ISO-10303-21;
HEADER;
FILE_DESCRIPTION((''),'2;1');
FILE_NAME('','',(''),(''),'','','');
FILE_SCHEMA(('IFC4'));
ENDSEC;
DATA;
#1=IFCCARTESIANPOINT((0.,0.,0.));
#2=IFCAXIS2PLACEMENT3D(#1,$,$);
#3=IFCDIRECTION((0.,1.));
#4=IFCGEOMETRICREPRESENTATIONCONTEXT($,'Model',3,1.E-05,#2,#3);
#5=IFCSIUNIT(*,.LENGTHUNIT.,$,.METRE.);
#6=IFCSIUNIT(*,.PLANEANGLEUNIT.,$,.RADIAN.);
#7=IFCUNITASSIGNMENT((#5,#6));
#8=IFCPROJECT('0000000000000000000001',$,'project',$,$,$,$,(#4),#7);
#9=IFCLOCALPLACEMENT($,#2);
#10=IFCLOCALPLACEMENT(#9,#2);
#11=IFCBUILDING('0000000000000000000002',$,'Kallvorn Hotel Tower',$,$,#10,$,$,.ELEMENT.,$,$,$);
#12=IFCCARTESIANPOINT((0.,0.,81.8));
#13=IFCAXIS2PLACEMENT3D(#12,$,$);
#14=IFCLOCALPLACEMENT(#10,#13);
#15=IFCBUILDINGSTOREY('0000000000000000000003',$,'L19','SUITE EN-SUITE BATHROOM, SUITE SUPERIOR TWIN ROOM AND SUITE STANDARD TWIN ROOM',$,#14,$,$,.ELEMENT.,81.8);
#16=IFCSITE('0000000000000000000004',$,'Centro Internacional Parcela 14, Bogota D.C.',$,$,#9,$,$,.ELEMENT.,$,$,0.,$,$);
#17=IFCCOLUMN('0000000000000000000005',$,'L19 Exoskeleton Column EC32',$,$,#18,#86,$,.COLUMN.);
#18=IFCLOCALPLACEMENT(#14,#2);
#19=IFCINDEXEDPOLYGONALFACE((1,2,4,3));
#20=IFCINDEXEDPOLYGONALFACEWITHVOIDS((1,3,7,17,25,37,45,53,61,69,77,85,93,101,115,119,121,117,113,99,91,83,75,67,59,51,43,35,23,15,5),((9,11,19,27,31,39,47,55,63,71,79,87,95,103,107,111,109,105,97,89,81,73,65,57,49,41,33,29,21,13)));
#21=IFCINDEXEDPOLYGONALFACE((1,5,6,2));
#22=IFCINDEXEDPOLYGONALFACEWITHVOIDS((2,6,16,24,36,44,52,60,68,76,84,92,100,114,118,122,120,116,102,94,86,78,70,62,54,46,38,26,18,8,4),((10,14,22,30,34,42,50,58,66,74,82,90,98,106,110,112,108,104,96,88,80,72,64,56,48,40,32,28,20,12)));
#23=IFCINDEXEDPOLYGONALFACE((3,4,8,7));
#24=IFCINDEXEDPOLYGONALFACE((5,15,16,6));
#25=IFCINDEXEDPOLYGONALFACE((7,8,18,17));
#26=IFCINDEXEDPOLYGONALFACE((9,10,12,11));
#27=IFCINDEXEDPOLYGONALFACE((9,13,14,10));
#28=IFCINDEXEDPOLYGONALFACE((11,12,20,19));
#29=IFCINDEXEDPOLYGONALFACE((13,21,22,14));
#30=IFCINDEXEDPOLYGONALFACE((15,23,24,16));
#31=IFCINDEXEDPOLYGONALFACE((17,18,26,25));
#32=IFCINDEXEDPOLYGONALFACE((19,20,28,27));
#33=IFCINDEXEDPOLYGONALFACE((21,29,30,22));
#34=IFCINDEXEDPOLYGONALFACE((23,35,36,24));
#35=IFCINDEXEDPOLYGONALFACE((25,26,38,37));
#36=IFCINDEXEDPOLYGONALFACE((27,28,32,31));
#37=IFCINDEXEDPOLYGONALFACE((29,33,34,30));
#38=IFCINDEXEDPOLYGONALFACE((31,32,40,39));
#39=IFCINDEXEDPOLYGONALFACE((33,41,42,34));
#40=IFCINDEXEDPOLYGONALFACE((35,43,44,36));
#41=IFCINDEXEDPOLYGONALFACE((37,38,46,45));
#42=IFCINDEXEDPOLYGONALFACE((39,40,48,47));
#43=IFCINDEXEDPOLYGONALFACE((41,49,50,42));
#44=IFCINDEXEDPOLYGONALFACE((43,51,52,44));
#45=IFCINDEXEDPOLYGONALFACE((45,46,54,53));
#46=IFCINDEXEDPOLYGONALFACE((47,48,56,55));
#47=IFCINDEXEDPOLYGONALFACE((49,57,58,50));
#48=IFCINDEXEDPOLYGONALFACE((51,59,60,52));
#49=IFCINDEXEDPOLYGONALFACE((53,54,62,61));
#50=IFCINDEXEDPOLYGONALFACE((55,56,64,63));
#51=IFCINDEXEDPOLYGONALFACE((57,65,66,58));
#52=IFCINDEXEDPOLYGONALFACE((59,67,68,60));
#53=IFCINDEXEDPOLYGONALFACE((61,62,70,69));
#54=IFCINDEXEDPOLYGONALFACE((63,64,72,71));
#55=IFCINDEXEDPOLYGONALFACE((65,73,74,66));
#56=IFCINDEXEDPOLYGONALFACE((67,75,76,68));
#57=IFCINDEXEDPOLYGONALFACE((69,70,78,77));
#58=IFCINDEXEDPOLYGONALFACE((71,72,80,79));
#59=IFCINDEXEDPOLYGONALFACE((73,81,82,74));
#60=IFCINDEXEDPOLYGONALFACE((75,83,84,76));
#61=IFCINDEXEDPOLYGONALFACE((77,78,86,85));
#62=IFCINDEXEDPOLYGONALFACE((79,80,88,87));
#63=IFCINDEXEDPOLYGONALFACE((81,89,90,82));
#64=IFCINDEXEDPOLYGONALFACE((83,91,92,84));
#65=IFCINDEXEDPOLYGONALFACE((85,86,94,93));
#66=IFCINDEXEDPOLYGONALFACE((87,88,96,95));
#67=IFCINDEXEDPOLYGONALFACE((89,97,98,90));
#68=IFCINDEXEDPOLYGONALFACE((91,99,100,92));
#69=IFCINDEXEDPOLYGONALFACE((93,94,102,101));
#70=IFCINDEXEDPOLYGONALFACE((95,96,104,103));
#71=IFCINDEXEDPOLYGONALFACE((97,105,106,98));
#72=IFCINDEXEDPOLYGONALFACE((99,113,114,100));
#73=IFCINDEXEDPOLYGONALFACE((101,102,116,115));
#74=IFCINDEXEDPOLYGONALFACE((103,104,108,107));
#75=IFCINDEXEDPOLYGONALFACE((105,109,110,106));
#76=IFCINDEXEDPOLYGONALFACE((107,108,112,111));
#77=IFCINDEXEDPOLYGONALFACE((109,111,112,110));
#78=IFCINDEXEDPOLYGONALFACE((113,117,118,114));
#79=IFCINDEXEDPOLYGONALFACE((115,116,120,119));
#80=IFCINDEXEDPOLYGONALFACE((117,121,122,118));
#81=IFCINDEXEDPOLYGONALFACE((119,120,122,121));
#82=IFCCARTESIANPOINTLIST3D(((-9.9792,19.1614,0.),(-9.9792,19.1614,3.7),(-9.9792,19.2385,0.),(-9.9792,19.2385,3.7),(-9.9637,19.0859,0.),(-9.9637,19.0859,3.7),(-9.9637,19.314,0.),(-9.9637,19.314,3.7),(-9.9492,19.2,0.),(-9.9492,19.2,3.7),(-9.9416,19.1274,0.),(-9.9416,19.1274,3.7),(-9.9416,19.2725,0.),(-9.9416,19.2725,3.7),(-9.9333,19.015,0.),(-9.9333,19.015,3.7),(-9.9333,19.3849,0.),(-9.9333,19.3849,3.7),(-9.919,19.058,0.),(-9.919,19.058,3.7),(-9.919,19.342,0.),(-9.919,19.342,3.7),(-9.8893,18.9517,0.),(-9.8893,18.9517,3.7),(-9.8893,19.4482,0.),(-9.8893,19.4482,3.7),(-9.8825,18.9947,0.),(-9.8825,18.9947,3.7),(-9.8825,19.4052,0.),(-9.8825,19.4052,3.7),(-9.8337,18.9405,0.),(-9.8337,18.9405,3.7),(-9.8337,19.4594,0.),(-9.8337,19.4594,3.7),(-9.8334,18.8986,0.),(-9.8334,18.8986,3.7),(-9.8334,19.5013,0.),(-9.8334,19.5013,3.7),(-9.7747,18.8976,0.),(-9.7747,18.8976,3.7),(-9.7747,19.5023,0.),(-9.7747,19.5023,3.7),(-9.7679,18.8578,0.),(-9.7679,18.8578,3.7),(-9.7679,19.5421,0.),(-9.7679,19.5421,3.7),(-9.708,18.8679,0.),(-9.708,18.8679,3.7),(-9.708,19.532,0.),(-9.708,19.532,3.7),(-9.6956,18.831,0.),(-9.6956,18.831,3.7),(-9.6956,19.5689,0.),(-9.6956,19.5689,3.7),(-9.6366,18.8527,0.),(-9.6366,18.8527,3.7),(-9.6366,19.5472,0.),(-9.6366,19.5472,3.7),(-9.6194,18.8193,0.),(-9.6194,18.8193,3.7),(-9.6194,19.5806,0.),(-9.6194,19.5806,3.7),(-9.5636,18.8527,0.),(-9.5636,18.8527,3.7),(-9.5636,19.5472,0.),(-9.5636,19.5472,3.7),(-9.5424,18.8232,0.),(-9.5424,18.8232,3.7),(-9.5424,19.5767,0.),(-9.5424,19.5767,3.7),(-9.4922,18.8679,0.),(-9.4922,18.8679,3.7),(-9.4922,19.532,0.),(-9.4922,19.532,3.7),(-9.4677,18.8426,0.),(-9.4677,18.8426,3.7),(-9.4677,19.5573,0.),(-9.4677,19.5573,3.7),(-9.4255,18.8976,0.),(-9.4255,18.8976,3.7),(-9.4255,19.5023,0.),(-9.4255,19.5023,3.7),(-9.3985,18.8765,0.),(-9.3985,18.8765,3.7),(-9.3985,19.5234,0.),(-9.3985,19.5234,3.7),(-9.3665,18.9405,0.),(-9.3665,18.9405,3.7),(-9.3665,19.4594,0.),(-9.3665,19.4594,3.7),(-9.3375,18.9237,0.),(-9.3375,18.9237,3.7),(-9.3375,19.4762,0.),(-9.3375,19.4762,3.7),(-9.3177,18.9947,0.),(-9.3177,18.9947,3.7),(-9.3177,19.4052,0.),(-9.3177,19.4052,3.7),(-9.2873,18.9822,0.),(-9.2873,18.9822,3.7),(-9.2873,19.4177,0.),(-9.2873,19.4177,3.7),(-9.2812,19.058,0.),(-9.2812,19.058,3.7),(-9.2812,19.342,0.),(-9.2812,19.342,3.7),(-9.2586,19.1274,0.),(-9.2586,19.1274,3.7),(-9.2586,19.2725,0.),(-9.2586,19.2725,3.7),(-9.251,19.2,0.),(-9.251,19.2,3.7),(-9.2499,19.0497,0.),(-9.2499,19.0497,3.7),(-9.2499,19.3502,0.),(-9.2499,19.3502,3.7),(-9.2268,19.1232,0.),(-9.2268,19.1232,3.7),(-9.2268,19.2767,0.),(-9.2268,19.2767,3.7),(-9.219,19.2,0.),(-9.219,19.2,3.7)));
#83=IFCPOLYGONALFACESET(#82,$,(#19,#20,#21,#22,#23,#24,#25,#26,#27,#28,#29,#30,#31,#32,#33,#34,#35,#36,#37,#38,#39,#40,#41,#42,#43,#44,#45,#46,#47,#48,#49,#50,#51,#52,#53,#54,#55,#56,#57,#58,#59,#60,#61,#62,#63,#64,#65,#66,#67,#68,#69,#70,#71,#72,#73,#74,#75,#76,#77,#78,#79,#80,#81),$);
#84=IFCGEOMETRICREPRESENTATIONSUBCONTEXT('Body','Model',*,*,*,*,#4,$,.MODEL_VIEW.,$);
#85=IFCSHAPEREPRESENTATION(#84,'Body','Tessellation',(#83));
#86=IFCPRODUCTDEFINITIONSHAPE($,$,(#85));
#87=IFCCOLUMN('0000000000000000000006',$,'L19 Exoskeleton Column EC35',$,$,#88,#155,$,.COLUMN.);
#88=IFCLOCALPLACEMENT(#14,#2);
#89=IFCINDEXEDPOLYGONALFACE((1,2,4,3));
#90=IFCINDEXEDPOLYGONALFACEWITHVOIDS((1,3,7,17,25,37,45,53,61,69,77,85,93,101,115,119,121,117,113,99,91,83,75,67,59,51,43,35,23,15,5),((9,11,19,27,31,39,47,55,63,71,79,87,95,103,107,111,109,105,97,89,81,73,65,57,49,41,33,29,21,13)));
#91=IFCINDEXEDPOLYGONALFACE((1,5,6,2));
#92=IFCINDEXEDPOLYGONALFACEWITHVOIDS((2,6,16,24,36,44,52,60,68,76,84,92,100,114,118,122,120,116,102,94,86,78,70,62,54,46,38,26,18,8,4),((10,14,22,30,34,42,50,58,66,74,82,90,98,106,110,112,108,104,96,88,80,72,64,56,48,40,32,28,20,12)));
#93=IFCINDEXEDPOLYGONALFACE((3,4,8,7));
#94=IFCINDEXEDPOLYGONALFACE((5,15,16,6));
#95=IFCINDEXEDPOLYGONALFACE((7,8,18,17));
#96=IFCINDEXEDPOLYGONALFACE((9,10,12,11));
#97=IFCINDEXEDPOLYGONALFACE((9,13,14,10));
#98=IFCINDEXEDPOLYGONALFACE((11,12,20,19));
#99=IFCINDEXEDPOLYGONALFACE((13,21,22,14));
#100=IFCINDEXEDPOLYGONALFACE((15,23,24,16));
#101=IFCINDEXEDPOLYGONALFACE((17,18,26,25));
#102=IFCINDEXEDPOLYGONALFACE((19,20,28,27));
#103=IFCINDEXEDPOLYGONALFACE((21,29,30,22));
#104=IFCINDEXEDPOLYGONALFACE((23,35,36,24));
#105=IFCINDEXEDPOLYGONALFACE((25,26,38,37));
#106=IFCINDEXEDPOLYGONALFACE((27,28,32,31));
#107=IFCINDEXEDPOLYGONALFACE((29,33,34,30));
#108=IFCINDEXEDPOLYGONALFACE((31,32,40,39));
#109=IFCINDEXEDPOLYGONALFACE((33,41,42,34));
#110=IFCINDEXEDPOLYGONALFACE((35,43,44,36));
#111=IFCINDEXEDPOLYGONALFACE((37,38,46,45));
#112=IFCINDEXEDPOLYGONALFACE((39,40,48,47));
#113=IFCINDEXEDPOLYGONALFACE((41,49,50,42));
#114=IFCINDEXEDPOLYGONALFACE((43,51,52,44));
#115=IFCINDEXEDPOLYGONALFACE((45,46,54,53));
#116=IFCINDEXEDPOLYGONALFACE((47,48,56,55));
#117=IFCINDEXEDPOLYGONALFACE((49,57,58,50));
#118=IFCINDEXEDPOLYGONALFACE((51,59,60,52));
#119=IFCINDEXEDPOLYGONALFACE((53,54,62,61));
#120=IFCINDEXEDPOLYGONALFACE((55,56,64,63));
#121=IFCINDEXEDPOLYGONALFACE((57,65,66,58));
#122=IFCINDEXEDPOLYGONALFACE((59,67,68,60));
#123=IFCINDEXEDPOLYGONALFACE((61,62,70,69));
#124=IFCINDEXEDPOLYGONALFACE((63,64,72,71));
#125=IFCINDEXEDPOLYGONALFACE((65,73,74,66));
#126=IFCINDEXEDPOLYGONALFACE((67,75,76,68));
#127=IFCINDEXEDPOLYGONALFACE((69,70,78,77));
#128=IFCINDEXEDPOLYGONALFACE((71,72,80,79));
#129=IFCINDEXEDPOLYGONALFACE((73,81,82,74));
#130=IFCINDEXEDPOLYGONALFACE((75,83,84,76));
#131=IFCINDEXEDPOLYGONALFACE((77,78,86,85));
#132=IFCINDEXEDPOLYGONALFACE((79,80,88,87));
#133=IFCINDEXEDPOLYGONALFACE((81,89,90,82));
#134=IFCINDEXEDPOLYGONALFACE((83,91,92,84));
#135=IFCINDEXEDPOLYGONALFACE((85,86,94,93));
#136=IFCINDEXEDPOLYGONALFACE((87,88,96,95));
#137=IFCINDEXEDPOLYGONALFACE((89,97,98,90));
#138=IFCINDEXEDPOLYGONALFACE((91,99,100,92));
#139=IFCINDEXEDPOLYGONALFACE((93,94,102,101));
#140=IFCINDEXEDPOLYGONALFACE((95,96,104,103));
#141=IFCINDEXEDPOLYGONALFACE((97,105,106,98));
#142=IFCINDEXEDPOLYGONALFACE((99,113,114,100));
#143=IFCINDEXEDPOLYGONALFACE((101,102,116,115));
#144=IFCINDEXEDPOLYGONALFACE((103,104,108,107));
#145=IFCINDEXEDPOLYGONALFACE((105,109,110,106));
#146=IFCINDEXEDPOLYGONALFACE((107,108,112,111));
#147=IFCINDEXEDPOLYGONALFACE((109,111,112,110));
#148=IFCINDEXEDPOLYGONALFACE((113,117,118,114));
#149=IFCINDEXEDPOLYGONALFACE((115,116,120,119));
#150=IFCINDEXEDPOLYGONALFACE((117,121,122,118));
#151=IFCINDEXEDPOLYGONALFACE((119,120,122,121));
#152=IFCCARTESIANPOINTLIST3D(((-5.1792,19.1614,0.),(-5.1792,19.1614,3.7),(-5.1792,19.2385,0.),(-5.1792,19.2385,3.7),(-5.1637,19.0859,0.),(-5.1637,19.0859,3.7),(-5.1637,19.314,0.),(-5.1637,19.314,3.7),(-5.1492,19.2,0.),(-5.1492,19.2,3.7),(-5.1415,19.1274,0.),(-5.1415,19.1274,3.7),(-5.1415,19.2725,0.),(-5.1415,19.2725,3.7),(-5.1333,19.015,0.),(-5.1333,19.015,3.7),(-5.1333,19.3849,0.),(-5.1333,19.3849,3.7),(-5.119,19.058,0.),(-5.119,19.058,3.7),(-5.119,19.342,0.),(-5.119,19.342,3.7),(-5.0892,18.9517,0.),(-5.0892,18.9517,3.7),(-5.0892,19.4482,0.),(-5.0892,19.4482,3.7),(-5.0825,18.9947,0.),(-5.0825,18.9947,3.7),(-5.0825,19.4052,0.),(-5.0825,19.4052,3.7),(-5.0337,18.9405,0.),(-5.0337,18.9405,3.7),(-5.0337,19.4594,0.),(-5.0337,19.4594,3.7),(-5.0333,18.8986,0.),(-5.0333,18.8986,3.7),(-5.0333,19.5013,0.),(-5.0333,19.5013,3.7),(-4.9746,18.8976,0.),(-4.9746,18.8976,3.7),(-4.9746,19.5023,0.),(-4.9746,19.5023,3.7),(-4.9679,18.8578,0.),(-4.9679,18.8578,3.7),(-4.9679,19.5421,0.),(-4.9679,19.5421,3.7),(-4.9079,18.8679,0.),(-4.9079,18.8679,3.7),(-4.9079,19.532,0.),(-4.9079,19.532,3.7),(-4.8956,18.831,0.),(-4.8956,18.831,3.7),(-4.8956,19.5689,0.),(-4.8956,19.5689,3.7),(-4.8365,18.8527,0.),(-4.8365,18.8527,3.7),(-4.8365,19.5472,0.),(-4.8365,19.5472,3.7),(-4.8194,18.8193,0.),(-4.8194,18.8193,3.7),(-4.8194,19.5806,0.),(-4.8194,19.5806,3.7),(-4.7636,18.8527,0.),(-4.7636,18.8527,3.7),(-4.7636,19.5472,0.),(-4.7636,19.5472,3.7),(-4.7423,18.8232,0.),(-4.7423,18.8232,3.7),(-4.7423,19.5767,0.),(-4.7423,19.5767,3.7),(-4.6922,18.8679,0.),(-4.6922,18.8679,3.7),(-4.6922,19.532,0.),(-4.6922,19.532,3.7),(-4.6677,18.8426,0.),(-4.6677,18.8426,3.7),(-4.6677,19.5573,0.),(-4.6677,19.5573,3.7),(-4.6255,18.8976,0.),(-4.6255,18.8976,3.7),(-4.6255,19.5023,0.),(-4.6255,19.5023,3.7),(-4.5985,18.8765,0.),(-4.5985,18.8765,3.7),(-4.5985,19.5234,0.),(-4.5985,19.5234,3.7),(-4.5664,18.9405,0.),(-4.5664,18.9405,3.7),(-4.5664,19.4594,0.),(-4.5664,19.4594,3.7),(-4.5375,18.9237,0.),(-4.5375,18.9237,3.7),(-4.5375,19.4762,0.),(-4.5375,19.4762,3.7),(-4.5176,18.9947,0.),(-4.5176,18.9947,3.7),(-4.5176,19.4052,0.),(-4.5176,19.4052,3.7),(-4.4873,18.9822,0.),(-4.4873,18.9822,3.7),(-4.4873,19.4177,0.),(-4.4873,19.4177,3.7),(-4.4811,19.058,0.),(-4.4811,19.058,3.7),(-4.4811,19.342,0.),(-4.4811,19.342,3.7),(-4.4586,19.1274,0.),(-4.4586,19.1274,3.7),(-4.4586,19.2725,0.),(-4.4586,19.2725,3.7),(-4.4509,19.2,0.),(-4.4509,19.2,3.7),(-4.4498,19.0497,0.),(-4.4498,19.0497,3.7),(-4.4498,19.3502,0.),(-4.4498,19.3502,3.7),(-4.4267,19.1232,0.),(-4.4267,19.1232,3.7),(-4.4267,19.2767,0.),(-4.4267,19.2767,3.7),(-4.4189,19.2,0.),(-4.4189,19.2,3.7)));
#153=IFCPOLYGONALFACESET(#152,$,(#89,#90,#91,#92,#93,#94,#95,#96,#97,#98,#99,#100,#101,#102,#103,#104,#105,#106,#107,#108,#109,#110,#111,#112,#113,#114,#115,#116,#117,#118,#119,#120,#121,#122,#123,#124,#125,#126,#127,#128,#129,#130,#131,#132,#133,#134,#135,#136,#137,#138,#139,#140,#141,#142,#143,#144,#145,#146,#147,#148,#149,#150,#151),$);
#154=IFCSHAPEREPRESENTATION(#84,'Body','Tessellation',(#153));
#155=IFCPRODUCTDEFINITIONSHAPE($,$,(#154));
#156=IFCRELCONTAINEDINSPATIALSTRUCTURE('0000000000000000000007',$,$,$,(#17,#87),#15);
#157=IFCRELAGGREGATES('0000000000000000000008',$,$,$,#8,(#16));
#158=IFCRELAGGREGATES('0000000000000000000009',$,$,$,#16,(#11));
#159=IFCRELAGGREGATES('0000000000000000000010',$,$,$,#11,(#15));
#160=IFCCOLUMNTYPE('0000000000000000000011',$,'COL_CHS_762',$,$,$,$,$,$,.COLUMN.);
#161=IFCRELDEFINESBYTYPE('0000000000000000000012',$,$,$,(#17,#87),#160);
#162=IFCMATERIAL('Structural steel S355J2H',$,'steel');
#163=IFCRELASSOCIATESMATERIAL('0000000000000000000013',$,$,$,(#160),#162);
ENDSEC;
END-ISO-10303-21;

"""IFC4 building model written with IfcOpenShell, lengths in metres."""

from ifc_helpers import new_model, si_unit, direction, frame, origin, origin_2d, place, context, subcontext, project, spatial, hollow_circle, extrude, material, material_profile, profile_set, type_object, element, save


model = new_model("IFC4")

# Units and contexts
model_context = context("Model", 3, precision=1e-05, world=origin(), true_north=direction((0.0, 1.0)))
body_context = subcontext(model_context, "Body", "Model", "MODEL_VIEW")
ifc_project = project(units=[si_unit("LENGTHUNIT", "METRE"), si_unit("PLANEANGLEUNIT", "RADIAN")], contexts=[model_context])

# Site, building, storey
site_placement = place(None, origin())
site = spatial("IfcSite", under=ifc_project, at=site_placement, Name="Centro Internacional Parcela 14, Bogota D.C.", CompositionType="ELEMENT", RefElevation=0.0)
building_placement = place(site_placement, origin())
building = spatial("IfcBuilding", under=site, at=building_placement, Name="Kallvorn Hotel Tower", CompositionType="ELEMENT")
storey_placement = place(building_placement, frame((0.0, 0.0, 81.8)))
storey = spatial("IfcBuildingStorey", under=building, at=storey_placement, Name="L19", Description="SUITE EN-SUITE BATHROOM, SUITE SUPERIOR TWIN ROOM AND SUITE STANDARD TWIN ROOM", CompositionType="ELEMENT", Elevation=81.8)

# Columns
ifc_material_1 = material(Name="Structural steel S355J2H", Category="steel")
ifc_material_profile_1 = material_profile(ifc_material_1, hollow_circle(Radius=0.3811, WallThickness=0.032, at=origin_2d()), Name="CHS 762x32")
ifc_profile_set_1 = profile_set([ifc_material_profile_1], Name="Structural steel S355J2H")
column_type_1 = type_object("IfcColumnType", Name="COL_CHS_762", PredefinedType="COLUMN", material=ifc_profile_set_1)
for number, where, z_axis, x_axis, name in (
    (1, (-9.6001, 19.2, 0.0), (0.0, 0.0, 1.0), (1.0, 0.0, 0.0), "L19 Exoskeleton Column EC32"),
    (2, (-4.8, 19.2, 0.0), (0.0, 0.0, 1.0), (1.0, 0.0, 0.0), "L19 Exoskeleton Column EC35"),
):
    element("IfcColumn", number, at=place(storey_placement, frame(where, z_axis=z_axis, x_axis=x_axis)), inside=storey, type_object=column_type_1, Name=name, PredefinedType="COLUMN", context=body_context, shape_type="SweptSolid", body=[
        extrude(hollow_circle(Radius=0.3811, WallThickness=0.032, at=origin_2d()), origin(), (0.0, 0.0, 1.0), 3.7),
    ])

save(model, "model.ifc")
